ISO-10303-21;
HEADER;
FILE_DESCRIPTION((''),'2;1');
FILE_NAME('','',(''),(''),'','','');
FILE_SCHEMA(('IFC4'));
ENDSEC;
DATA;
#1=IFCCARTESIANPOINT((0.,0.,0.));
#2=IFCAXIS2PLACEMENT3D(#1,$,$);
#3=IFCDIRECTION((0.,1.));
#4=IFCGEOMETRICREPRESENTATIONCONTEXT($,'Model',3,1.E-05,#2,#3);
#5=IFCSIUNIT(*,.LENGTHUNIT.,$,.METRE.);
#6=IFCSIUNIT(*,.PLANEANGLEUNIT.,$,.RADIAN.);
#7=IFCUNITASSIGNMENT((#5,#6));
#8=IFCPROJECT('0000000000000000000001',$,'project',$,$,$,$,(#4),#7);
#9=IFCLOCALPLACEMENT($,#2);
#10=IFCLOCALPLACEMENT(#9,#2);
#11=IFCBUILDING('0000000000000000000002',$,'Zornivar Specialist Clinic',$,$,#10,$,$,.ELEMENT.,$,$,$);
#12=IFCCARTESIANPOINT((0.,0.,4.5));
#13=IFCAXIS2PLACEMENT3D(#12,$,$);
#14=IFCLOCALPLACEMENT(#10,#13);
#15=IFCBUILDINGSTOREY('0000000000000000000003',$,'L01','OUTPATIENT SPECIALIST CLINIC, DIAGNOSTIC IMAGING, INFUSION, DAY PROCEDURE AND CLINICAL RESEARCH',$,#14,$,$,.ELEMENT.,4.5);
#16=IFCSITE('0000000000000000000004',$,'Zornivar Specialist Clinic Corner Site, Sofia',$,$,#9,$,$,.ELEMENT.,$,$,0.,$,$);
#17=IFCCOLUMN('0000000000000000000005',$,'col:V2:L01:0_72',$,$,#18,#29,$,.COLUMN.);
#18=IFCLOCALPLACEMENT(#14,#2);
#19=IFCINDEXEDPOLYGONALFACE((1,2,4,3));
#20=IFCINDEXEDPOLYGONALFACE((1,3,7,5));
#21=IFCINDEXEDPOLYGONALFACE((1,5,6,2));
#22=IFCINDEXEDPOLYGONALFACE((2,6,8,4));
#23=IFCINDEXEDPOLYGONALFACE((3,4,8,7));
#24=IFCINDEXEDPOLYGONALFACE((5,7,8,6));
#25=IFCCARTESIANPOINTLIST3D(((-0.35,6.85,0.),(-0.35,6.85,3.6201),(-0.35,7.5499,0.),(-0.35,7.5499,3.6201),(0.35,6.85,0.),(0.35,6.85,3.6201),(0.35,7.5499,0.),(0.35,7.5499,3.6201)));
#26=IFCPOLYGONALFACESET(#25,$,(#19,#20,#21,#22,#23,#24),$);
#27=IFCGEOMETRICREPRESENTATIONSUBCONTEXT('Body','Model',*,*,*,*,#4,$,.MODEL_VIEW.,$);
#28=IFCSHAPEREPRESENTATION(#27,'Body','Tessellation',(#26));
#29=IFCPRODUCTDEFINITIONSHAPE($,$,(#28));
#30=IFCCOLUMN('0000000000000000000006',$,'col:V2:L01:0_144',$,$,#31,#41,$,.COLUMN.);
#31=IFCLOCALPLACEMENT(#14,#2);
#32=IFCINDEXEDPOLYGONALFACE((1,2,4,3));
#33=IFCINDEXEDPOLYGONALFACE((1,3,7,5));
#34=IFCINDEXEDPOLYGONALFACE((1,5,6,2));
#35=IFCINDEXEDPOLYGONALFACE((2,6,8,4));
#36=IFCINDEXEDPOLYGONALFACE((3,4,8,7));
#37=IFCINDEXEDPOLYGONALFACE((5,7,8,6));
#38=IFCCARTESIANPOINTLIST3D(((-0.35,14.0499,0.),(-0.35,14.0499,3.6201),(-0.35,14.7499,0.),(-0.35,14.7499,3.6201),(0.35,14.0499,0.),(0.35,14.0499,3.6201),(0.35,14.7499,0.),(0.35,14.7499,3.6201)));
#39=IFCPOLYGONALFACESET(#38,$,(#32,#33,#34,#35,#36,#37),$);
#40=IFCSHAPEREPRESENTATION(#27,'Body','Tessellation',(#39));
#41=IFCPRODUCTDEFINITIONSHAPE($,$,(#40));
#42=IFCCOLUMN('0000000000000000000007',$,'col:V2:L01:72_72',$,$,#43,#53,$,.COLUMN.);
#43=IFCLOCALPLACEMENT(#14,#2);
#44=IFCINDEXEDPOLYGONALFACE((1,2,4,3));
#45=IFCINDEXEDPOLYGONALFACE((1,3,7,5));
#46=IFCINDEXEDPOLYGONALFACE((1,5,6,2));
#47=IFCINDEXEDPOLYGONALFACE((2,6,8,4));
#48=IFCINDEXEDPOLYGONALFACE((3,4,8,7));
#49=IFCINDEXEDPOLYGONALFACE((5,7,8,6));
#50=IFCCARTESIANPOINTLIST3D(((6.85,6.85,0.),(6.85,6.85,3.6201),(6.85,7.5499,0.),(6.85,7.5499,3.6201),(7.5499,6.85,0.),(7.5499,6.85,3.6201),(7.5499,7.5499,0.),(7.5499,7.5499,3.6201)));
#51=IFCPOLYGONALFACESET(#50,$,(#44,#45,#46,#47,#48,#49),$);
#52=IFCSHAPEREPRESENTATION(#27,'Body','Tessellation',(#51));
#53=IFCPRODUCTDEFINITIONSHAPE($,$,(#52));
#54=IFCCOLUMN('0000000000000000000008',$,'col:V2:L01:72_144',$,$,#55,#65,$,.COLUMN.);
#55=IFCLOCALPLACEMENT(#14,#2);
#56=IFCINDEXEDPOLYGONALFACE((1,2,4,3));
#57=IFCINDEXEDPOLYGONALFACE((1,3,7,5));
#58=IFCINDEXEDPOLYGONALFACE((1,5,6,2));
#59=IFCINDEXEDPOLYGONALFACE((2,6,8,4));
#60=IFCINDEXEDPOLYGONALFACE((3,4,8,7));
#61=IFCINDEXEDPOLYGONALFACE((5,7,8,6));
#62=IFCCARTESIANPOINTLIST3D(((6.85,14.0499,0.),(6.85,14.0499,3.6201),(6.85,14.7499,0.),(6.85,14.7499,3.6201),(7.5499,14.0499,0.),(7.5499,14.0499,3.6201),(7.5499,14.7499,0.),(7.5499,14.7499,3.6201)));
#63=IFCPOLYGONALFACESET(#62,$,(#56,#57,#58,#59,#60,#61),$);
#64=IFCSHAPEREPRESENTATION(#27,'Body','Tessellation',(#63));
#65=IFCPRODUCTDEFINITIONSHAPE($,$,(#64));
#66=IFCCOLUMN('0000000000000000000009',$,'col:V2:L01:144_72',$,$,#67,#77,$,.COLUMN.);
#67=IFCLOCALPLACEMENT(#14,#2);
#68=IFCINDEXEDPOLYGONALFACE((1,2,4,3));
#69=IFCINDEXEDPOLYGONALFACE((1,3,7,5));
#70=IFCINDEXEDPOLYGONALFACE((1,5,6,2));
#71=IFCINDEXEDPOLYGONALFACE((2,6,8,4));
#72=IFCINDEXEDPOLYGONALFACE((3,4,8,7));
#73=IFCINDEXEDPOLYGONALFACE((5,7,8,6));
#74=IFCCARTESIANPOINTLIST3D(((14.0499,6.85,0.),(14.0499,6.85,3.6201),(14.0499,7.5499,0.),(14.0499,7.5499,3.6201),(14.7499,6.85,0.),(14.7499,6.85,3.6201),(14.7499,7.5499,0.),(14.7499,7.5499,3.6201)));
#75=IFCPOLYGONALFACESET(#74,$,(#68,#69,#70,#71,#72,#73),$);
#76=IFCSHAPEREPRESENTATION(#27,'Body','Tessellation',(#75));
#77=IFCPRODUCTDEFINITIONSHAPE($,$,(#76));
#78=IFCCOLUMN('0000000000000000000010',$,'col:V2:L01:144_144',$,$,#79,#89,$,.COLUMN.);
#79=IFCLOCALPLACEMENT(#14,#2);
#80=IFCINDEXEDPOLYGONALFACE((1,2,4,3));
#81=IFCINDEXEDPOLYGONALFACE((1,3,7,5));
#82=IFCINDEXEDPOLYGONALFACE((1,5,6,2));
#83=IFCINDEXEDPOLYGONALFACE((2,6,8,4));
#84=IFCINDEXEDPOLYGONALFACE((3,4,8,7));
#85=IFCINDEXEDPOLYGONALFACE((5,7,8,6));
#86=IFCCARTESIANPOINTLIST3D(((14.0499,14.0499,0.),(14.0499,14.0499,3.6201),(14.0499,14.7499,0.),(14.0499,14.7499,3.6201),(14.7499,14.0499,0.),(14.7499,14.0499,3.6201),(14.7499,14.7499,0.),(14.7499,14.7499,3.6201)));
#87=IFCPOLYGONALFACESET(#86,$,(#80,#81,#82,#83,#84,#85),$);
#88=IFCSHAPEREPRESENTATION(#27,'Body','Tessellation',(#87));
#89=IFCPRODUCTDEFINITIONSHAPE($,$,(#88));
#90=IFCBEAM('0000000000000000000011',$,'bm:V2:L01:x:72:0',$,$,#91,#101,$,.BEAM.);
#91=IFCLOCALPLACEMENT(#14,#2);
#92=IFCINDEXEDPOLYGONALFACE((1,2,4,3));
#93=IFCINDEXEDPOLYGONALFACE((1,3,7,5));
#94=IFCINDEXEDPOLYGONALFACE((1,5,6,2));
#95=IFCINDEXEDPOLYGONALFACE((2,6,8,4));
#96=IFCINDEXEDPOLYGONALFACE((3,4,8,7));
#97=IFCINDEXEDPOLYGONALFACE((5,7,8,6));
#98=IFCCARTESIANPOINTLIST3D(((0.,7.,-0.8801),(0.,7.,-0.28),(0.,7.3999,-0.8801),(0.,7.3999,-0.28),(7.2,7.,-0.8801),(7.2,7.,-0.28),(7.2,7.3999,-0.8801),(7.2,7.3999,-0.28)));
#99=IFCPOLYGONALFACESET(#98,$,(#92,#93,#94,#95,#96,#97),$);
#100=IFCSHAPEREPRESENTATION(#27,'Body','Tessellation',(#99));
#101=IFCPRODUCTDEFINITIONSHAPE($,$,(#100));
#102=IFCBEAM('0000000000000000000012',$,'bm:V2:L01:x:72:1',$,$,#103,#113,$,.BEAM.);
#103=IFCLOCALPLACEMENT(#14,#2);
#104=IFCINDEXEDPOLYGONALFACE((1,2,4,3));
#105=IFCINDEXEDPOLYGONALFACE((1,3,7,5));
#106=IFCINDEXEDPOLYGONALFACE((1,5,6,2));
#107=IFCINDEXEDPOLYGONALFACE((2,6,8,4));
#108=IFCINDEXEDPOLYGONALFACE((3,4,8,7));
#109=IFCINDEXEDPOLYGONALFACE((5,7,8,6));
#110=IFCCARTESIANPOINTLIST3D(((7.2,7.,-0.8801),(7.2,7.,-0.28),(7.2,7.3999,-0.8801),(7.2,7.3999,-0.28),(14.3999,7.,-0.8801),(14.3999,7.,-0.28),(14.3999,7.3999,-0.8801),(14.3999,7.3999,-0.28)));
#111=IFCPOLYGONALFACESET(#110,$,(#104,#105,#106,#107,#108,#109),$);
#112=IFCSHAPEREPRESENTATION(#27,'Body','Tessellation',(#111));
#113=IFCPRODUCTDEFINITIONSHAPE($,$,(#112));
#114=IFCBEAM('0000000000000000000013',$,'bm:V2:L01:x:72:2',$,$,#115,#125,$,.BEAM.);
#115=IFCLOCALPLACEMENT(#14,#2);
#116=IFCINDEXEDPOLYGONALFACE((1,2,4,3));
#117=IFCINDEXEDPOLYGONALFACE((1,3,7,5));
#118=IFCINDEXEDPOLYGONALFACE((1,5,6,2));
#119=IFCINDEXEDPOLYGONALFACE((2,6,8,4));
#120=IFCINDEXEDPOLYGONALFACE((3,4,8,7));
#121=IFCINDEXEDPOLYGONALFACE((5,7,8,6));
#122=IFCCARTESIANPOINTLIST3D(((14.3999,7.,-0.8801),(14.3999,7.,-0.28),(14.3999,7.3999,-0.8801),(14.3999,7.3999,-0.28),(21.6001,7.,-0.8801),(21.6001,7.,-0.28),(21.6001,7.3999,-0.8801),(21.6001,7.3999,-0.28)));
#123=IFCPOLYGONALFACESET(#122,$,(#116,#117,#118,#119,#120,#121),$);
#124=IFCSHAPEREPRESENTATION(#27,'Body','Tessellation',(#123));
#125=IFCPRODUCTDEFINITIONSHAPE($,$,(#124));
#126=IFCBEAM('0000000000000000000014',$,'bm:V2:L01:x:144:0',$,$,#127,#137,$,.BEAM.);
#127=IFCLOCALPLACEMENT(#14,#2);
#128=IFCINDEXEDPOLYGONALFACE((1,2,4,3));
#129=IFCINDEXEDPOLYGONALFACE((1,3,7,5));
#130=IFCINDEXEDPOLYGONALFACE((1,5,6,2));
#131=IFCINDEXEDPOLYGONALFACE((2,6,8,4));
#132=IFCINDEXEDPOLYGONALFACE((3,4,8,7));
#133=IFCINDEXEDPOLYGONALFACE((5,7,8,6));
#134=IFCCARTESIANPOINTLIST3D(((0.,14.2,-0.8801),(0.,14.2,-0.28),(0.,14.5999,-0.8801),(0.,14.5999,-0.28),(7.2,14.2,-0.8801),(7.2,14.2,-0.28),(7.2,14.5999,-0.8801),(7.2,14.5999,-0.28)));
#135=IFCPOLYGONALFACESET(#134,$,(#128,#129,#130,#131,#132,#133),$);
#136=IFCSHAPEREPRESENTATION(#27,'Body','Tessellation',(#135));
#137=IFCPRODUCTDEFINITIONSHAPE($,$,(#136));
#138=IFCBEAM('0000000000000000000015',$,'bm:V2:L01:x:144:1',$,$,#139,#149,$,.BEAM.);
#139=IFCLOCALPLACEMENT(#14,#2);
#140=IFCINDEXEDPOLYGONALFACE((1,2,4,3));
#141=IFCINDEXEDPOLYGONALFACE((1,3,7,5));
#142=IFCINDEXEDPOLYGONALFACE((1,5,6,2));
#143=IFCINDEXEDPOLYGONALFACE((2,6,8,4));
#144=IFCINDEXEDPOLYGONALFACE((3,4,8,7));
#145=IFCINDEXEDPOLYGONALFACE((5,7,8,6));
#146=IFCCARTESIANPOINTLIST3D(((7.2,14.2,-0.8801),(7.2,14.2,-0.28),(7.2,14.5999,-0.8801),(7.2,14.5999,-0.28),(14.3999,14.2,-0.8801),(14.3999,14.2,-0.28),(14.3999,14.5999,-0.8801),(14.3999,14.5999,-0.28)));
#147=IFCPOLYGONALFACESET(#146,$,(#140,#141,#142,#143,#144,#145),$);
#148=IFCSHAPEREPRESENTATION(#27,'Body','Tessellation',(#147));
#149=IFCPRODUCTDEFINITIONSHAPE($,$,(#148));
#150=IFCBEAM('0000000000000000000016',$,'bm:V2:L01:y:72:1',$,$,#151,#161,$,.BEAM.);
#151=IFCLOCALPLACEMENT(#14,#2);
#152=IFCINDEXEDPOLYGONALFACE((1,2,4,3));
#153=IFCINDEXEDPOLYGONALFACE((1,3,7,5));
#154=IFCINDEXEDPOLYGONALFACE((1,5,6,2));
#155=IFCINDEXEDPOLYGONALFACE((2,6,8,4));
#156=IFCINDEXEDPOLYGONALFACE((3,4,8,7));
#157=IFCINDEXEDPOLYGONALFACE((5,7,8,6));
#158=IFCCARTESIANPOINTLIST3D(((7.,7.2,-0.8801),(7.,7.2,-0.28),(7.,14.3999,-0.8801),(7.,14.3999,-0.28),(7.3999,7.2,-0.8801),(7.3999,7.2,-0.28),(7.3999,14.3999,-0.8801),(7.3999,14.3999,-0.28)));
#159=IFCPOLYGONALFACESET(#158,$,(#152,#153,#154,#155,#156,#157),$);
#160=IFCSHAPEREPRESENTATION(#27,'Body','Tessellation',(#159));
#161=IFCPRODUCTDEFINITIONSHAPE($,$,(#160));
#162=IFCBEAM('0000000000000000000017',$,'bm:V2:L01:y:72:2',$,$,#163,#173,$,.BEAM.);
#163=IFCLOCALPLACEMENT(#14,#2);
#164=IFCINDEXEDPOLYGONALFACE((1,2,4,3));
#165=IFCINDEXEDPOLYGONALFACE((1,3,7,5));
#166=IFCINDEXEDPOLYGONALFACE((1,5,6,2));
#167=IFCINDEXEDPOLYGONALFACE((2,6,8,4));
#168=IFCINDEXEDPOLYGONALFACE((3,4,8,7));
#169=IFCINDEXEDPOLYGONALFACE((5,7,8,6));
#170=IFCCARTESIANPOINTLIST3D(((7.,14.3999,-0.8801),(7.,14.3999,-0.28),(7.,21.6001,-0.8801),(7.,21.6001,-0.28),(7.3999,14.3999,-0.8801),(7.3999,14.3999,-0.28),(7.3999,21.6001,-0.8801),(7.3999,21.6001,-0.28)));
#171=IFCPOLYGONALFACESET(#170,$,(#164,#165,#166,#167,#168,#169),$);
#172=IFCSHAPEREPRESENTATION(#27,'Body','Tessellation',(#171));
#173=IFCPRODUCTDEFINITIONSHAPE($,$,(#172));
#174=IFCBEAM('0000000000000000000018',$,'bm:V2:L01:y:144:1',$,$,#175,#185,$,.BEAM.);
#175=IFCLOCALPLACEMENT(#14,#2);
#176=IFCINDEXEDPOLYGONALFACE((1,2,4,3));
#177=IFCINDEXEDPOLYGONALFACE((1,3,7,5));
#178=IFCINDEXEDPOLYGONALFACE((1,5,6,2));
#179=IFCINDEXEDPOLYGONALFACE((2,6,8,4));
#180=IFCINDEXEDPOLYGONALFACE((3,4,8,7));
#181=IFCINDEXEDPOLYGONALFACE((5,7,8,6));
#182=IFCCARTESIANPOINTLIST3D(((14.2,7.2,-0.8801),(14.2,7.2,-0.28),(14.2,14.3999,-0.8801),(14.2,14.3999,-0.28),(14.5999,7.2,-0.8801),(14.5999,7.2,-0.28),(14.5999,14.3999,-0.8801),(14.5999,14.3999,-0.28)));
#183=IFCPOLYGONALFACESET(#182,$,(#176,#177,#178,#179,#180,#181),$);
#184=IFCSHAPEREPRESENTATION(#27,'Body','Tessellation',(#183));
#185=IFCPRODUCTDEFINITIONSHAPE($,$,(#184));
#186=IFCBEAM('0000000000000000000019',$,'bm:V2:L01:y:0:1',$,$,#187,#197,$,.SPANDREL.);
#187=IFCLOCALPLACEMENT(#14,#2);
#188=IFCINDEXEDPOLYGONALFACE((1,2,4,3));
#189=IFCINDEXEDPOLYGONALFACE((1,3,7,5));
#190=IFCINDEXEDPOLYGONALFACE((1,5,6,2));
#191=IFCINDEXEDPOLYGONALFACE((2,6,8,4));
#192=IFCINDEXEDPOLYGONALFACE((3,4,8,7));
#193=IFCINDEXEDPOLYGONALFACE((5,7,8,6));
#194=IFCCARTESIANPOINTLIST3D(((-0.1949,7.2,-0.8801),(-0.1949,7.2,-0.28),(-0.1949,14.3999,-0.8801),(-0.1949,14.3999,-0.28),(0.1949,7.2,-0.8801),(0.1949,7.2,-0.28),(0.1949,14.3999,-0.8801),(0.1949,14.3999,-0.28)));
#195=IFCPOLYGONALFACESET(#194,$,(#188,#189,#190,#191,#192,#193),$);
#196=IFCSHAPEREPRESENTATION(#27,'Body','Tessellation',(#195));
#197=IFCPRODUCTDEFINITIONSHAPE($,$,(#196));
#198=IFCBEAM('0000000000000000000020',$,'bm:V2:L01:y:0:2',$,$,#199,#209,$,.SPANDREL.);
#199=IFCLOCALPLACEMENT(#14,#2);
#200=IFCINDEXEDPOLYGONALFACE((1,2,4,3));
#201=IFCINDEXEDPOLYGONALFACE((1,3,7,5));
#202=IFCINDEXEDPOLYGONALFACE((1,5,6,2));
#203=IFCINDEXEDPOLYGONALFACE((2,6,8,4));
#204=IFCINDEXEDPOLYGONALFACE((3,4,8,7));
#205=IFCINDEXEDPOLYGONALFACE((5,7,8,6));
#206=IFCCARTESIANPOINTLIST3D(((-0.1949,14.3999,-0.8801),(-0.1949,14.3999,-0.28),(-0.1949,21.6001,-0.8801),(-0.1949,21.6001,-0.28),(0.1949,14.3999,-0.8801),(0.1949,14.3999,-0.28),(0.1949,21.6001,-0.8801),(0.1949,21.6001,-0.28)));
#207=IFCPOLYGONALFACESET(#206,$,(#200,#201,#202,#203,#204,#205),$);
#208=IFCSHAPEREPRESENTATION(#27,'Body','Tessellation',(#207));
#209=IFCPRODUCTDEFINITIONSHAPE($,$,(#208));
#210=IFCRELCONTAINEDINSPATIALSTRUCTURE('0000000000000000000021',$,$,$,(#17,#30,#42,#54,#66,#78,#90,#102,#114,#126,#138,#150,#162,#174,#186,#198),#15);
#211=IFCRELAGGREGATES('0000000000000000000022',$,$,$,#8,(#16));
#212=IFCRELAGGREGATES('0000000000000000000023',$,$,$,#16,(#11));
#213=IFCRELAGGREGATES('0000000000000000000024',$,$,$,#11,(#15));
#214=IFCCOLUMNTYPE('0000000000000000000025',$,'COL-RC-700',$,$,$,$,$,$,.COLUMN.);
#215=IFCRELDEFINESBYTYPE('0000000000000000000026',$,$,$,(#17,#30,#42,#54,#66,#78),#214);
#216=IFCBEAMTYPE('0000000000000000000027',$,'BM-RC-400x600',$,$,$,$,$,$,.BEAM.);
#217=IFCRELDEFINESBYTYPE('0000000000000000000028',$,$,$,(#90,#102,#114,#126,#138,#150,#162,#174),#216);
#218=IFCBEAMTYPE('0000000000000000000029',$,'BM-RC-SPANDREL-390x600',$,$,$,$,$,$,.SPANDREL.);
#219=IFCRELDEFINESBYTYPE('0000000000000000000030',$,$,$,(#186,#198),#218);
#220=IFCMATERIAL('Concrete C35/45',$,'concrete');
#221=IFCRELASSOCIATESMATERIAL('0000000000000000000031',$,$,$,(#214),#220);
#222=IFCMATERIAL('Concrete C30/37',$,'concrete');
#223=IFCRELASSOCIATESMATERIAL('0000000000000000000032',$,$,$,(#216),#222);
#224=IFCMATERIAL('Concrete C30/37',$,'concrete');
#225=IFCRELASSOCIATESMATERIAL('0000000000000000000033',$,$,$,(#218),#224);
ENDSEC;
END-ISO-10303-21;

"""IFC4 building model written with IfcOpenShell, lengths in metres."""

from ifc_helpers import new_model, si_unit, direction, frame, origin, origin_2d, place, context, subcontext, project, spatial, rectangle, extrude, material, material_profile, profile_set, type_object, element, save


model = new_model("IFC4")

# Units and contexts
model_context = context("Model", 3, precision=1e-05, world=origin(), true_north=direction((0.0, 1.0)))
body_context = subcontext(model_context, "Body", "Model", "MODEL_VIEW")
ifc_project = project(units=[si_unit("LENGTHUNIT", "METRE"), si_unit("PLANEANGLEUNIT", "RADIAN")], contexts=[model_context])

# Site, building, storey
site_placement = place(None, origin())
site = spatial("IfcSite", under=ifc_project, at=site_placement, Name="Zornivar Specialist Clinic Corner Site, Sofia", CompositionType="ELEMENT", RefElevation=0.0)
building_placement = place(site_placement, origin())
building = spatial("IfcBuilding", under=site, at=building_placement, Name="Zornivar Specialist Clinic", CompositionType="ELEMENT")
storey_placement = place(building_placement, frame((0.0, 0.0, 4.5)))
storey = spatial("IfcBuildingStorey", under=building, at=storey_placement, Name="L01", Description="OUTPATIENT SPECIALIST CLINIC, DIAGNOSTIC IMAGING, INFUSION, DAY PROCEDURE AND CLINICAL RESEARCH", CompositionType="ELEMENT", Elevation=4.5)

# Columns
ifc_material_1 = material(Name="Concrete C35/45", Category="concrete")
ifc_material_profile_1 = material_profile(ifc_material_1, rectangle(XDim=0.7, YDim=0.7, at=origin_2d()), Name="RC 700x700")
ifc_profile_set_1 = profile_set([ifc_material_profile_1], Name="Concrete C35/45")
column_type = type_object("IfcColumnType", Name="COL-RC-700", PredefinedType="COLUMN", material=ifc_profile_set_1)
for number, where, z_axis, x_axis, name in (
    (1, (0.0, 7.2, 0.0), (0.0, 0.0, 1.0), (1.0, 0.0, 0.0), "col:V2:L01:0_72"),
    (2, (0.0, 14.3999, 0.0), (0.0, 0.0, 1.0), (1.0, 0.0, 0.0), "col:V2:L01:0_144"),
    (3, (7.2, 7.2, 0.0), (0.0, 0.0, 1.0), (1.0, 0.0, 0.0), "col:V2:L01:72_72"),
    (4, (7.2, 14.3999, 0.0), (0.0, 0.0, 1.0), (1.0, 0.0, 0.0), "col:V2:L01:72_144"),
    (5, (14.3999, 7.2, 0.0), (0.0, 0.0, 1.0), (1.0, 0.0, 0.0), "col:V2:L01:144_72"),
    (6, (14.3999, 14.3999, 0.0), (0.0, 0.0, 1.0), (1.0, 0.0, 0.0), "col:V2:L01:144_144"),
):
    element("IfcColumn", number, at=place(storey_placement, frame(where, z_axis=z_axis, x_axis=x_axis)), inside=storey, type_object=column_type, Name=name, PredefinedType="COLUMN", context=body_context, shape_type="SweptSolid", body=[
        extrude(rectangle(XDim=0.7, YDim=0.7, at=origin_2d()), origin(), (0.0, 0.0, 1.0), 3.6201),
    ])

# Beams
ifc_material_2 = material(Name="Concrete C30/37", Category="concrete")
ifc_material_profile_2 = material_profile(ifc_material_2, rectangle(XDim=0.3999, YDim=0.6001, at=origin_2d()), Name="RC 400x600")
ifc_profile_set_2 = profile_set([ifc_material_profile_2], Name="Concrete C30/37")
beam_type_1 = type_object("IfcBeamType", Name="BM-RC-400x600", PredefinedType="BEAM", material=ifc_profile_set_2)
for number, where, z_axis, x_axis, name in (
    (7, (0.0, 7.2, -0.5801), (1.0, 0.0, 0.0), (0.0, 1.0, 0.0), "bm:V2:L01:x:72:0"),
    (8, (7.2, 7.2, -0.5801), (1.0, 0.0, 0.0), (0.0, 1.0, 0.0), "bm:V2:L01:x:72:1"),
):
    element("IfcBeam", number, at=place(storey_placement, frame(where, z_axis=z_axis, x_axis=x_axis)), inside=storey, type_object=beam_type_1, Name=name, PredefinedType="BEAM", context=body_context, shape_type="SweptSolid", body=[
        extrude(rectangle(XDim=0.3999, YDim=0.6001, at=origin_2d()), origin(), (0.0, 0.0, 1.0), 7.2),
    ])
beam_1_placement = place(storey_placement, frame((14.3999, 7.2, -0.5801), z_axis=(1.0, 0.0, 0.0), x_axis=(0.0, 1.0, 0.0)))
element("IfcBeam", 9, at=beam_1_placement, inside=storey, type_object=beam_type_1, Name="bm:V2:L01:x:72:2", PredefinedType="BEAM", context=body_context, shape_type="SweptSolid", body=[
    extrude(rectangle(XDim=0.3999, YDim=0.6001, at=origin_2d()), origin(), (0.0, 0.0, 1.0), 7.2002),
])
for number, where, z_axis, x_axis, name in (
    (10, (0.0, 14.3999, -0.5801), (1.0, 0.0, 0.0), (0.0, 1.0, 0.0), "bm:V2:L01:x:144:0"),
    (11, (7.2, 14.3999, -0.5801), (1.0, 0.0, 0.0), (0.0, 1.0, 0.0), "bm:V2:L01:x:144:1"),
    (12, (7.2, 7.2, -0.5801), (0.0, 1.0, 0.0), (-1.0, 0.0, 0.0), "bm:V2:L01:y:72:1"),
):
    element("IfcBeam", number, at=place(storey_placement, frame(where, z_axis=z_axis, x_axis=x_axis)), inside=storey, type_object=beam_type_1, Name=name, PredefinedType="BEAM", context=body_context, shape_type="SweptSolid", body=[
        extrude(rectangle(XDim=0.3999, YDim=0.6001, at=origin_2d()), origin(), (0.0, 0.0, 1.0), 7.2),
    ])
beam_2_placement = place(storey_placement, frame((7.2, 14.3999, -0.5801), z_axis=(0.0, 1.0, 0.0), x_axis=(-1.0, 0.0, 0.0)))
element("IfcBeam", 13, at=beam_2_placement, inside=storey, type_object=beam_type_1, Name="bm:V2:L01:y:72:2", PredefinedType="BEAM", context=body_context, shape_type="SweptSolid", body=[
    extrude(rectangle(XDim=0.3999, YDim=0.6001, at=origin_2d()), origin(), (0.0, 0.0, 1.0), 7.2002),
])
beam_3_placement = place(storey_placement, frame((14.3999, 7.2, -0.5801), z_axis=(0.0, 1.0, 0.0), x_axis=(-1.0, 0.0, 0.0)))
element("IfcBeam", 14, at=beam_3_placement, inside=storey, type_object=beam_type_1, Name="bm:V2:L01:y:144:1", PredefinedType="BEAM", context=body_context, shape_type="SweptSolid", body=[
    extrude(rectangle(XDim=0.3999, YDim=0.6001, at=origin_2d()), origin(), (0.0, 0.0, 1.0), 7.2),
])
ifc_material_3 = material(Name="Concrete C30/37", Category="concrete")
ifc_material_profile_3 = material_profile(ifc_material_3, rectangle(XDim=0.3899, YDim=0.6001, at=origin_2d()), Name="RC 390x600")
ifc_profile_set_3 = profile_set([ifc_material_profile_3], Name="Concrete C30/37")
beam_type_2 = type_object("IfcBeamType", Name="BM-RC-SPANDREL-390x600", PredefinedType="SPANDREL", material=ifc_profile_set_3)
beam_4_placement = place(storey_placement, frame((0.0, 7.2, -0.5801), z_axis=(0.0, 1.0, 0.0), x_axis=(-1.0, 0.0, 0.0)))
element("IfcBeam", 15, at=beam_4_placement, inside=storey, type_object=beam_type_2, Name="bm:V2:L01:y:0:1", PredefinedType="SPANDREL", context=body_context, shape_type="SweptSolid", body=[
    extrude(rectangle(XDim=0.3899, YDim=0.6001, at=origin_2d()), origin(), (0.0, 0.0, 1.0), 7.2),
])
beam_5_placement = place(storey_placement, frame((0.0, 14.3999, -0.5801), z_axis=(0.0, 1.0, 0.0), x_axis=(-1.0, 0.0, 0.0)))
element("IfcBeam", 16, at=beam_5_placement, inside=storey, type_object=beam_type_2, Name="bm:V2:L01:y:0:2", PredefinedType="SPANDREL", context=body_context, shape_type="SweptSolid", body=[
    extrude(rectangle(XDim=0.3899, YDim=0.6001, at=origin_2d()), origin(), (0.0, 0.0, 1.0), 7.2002),
])

save(model, "model.ifc")
